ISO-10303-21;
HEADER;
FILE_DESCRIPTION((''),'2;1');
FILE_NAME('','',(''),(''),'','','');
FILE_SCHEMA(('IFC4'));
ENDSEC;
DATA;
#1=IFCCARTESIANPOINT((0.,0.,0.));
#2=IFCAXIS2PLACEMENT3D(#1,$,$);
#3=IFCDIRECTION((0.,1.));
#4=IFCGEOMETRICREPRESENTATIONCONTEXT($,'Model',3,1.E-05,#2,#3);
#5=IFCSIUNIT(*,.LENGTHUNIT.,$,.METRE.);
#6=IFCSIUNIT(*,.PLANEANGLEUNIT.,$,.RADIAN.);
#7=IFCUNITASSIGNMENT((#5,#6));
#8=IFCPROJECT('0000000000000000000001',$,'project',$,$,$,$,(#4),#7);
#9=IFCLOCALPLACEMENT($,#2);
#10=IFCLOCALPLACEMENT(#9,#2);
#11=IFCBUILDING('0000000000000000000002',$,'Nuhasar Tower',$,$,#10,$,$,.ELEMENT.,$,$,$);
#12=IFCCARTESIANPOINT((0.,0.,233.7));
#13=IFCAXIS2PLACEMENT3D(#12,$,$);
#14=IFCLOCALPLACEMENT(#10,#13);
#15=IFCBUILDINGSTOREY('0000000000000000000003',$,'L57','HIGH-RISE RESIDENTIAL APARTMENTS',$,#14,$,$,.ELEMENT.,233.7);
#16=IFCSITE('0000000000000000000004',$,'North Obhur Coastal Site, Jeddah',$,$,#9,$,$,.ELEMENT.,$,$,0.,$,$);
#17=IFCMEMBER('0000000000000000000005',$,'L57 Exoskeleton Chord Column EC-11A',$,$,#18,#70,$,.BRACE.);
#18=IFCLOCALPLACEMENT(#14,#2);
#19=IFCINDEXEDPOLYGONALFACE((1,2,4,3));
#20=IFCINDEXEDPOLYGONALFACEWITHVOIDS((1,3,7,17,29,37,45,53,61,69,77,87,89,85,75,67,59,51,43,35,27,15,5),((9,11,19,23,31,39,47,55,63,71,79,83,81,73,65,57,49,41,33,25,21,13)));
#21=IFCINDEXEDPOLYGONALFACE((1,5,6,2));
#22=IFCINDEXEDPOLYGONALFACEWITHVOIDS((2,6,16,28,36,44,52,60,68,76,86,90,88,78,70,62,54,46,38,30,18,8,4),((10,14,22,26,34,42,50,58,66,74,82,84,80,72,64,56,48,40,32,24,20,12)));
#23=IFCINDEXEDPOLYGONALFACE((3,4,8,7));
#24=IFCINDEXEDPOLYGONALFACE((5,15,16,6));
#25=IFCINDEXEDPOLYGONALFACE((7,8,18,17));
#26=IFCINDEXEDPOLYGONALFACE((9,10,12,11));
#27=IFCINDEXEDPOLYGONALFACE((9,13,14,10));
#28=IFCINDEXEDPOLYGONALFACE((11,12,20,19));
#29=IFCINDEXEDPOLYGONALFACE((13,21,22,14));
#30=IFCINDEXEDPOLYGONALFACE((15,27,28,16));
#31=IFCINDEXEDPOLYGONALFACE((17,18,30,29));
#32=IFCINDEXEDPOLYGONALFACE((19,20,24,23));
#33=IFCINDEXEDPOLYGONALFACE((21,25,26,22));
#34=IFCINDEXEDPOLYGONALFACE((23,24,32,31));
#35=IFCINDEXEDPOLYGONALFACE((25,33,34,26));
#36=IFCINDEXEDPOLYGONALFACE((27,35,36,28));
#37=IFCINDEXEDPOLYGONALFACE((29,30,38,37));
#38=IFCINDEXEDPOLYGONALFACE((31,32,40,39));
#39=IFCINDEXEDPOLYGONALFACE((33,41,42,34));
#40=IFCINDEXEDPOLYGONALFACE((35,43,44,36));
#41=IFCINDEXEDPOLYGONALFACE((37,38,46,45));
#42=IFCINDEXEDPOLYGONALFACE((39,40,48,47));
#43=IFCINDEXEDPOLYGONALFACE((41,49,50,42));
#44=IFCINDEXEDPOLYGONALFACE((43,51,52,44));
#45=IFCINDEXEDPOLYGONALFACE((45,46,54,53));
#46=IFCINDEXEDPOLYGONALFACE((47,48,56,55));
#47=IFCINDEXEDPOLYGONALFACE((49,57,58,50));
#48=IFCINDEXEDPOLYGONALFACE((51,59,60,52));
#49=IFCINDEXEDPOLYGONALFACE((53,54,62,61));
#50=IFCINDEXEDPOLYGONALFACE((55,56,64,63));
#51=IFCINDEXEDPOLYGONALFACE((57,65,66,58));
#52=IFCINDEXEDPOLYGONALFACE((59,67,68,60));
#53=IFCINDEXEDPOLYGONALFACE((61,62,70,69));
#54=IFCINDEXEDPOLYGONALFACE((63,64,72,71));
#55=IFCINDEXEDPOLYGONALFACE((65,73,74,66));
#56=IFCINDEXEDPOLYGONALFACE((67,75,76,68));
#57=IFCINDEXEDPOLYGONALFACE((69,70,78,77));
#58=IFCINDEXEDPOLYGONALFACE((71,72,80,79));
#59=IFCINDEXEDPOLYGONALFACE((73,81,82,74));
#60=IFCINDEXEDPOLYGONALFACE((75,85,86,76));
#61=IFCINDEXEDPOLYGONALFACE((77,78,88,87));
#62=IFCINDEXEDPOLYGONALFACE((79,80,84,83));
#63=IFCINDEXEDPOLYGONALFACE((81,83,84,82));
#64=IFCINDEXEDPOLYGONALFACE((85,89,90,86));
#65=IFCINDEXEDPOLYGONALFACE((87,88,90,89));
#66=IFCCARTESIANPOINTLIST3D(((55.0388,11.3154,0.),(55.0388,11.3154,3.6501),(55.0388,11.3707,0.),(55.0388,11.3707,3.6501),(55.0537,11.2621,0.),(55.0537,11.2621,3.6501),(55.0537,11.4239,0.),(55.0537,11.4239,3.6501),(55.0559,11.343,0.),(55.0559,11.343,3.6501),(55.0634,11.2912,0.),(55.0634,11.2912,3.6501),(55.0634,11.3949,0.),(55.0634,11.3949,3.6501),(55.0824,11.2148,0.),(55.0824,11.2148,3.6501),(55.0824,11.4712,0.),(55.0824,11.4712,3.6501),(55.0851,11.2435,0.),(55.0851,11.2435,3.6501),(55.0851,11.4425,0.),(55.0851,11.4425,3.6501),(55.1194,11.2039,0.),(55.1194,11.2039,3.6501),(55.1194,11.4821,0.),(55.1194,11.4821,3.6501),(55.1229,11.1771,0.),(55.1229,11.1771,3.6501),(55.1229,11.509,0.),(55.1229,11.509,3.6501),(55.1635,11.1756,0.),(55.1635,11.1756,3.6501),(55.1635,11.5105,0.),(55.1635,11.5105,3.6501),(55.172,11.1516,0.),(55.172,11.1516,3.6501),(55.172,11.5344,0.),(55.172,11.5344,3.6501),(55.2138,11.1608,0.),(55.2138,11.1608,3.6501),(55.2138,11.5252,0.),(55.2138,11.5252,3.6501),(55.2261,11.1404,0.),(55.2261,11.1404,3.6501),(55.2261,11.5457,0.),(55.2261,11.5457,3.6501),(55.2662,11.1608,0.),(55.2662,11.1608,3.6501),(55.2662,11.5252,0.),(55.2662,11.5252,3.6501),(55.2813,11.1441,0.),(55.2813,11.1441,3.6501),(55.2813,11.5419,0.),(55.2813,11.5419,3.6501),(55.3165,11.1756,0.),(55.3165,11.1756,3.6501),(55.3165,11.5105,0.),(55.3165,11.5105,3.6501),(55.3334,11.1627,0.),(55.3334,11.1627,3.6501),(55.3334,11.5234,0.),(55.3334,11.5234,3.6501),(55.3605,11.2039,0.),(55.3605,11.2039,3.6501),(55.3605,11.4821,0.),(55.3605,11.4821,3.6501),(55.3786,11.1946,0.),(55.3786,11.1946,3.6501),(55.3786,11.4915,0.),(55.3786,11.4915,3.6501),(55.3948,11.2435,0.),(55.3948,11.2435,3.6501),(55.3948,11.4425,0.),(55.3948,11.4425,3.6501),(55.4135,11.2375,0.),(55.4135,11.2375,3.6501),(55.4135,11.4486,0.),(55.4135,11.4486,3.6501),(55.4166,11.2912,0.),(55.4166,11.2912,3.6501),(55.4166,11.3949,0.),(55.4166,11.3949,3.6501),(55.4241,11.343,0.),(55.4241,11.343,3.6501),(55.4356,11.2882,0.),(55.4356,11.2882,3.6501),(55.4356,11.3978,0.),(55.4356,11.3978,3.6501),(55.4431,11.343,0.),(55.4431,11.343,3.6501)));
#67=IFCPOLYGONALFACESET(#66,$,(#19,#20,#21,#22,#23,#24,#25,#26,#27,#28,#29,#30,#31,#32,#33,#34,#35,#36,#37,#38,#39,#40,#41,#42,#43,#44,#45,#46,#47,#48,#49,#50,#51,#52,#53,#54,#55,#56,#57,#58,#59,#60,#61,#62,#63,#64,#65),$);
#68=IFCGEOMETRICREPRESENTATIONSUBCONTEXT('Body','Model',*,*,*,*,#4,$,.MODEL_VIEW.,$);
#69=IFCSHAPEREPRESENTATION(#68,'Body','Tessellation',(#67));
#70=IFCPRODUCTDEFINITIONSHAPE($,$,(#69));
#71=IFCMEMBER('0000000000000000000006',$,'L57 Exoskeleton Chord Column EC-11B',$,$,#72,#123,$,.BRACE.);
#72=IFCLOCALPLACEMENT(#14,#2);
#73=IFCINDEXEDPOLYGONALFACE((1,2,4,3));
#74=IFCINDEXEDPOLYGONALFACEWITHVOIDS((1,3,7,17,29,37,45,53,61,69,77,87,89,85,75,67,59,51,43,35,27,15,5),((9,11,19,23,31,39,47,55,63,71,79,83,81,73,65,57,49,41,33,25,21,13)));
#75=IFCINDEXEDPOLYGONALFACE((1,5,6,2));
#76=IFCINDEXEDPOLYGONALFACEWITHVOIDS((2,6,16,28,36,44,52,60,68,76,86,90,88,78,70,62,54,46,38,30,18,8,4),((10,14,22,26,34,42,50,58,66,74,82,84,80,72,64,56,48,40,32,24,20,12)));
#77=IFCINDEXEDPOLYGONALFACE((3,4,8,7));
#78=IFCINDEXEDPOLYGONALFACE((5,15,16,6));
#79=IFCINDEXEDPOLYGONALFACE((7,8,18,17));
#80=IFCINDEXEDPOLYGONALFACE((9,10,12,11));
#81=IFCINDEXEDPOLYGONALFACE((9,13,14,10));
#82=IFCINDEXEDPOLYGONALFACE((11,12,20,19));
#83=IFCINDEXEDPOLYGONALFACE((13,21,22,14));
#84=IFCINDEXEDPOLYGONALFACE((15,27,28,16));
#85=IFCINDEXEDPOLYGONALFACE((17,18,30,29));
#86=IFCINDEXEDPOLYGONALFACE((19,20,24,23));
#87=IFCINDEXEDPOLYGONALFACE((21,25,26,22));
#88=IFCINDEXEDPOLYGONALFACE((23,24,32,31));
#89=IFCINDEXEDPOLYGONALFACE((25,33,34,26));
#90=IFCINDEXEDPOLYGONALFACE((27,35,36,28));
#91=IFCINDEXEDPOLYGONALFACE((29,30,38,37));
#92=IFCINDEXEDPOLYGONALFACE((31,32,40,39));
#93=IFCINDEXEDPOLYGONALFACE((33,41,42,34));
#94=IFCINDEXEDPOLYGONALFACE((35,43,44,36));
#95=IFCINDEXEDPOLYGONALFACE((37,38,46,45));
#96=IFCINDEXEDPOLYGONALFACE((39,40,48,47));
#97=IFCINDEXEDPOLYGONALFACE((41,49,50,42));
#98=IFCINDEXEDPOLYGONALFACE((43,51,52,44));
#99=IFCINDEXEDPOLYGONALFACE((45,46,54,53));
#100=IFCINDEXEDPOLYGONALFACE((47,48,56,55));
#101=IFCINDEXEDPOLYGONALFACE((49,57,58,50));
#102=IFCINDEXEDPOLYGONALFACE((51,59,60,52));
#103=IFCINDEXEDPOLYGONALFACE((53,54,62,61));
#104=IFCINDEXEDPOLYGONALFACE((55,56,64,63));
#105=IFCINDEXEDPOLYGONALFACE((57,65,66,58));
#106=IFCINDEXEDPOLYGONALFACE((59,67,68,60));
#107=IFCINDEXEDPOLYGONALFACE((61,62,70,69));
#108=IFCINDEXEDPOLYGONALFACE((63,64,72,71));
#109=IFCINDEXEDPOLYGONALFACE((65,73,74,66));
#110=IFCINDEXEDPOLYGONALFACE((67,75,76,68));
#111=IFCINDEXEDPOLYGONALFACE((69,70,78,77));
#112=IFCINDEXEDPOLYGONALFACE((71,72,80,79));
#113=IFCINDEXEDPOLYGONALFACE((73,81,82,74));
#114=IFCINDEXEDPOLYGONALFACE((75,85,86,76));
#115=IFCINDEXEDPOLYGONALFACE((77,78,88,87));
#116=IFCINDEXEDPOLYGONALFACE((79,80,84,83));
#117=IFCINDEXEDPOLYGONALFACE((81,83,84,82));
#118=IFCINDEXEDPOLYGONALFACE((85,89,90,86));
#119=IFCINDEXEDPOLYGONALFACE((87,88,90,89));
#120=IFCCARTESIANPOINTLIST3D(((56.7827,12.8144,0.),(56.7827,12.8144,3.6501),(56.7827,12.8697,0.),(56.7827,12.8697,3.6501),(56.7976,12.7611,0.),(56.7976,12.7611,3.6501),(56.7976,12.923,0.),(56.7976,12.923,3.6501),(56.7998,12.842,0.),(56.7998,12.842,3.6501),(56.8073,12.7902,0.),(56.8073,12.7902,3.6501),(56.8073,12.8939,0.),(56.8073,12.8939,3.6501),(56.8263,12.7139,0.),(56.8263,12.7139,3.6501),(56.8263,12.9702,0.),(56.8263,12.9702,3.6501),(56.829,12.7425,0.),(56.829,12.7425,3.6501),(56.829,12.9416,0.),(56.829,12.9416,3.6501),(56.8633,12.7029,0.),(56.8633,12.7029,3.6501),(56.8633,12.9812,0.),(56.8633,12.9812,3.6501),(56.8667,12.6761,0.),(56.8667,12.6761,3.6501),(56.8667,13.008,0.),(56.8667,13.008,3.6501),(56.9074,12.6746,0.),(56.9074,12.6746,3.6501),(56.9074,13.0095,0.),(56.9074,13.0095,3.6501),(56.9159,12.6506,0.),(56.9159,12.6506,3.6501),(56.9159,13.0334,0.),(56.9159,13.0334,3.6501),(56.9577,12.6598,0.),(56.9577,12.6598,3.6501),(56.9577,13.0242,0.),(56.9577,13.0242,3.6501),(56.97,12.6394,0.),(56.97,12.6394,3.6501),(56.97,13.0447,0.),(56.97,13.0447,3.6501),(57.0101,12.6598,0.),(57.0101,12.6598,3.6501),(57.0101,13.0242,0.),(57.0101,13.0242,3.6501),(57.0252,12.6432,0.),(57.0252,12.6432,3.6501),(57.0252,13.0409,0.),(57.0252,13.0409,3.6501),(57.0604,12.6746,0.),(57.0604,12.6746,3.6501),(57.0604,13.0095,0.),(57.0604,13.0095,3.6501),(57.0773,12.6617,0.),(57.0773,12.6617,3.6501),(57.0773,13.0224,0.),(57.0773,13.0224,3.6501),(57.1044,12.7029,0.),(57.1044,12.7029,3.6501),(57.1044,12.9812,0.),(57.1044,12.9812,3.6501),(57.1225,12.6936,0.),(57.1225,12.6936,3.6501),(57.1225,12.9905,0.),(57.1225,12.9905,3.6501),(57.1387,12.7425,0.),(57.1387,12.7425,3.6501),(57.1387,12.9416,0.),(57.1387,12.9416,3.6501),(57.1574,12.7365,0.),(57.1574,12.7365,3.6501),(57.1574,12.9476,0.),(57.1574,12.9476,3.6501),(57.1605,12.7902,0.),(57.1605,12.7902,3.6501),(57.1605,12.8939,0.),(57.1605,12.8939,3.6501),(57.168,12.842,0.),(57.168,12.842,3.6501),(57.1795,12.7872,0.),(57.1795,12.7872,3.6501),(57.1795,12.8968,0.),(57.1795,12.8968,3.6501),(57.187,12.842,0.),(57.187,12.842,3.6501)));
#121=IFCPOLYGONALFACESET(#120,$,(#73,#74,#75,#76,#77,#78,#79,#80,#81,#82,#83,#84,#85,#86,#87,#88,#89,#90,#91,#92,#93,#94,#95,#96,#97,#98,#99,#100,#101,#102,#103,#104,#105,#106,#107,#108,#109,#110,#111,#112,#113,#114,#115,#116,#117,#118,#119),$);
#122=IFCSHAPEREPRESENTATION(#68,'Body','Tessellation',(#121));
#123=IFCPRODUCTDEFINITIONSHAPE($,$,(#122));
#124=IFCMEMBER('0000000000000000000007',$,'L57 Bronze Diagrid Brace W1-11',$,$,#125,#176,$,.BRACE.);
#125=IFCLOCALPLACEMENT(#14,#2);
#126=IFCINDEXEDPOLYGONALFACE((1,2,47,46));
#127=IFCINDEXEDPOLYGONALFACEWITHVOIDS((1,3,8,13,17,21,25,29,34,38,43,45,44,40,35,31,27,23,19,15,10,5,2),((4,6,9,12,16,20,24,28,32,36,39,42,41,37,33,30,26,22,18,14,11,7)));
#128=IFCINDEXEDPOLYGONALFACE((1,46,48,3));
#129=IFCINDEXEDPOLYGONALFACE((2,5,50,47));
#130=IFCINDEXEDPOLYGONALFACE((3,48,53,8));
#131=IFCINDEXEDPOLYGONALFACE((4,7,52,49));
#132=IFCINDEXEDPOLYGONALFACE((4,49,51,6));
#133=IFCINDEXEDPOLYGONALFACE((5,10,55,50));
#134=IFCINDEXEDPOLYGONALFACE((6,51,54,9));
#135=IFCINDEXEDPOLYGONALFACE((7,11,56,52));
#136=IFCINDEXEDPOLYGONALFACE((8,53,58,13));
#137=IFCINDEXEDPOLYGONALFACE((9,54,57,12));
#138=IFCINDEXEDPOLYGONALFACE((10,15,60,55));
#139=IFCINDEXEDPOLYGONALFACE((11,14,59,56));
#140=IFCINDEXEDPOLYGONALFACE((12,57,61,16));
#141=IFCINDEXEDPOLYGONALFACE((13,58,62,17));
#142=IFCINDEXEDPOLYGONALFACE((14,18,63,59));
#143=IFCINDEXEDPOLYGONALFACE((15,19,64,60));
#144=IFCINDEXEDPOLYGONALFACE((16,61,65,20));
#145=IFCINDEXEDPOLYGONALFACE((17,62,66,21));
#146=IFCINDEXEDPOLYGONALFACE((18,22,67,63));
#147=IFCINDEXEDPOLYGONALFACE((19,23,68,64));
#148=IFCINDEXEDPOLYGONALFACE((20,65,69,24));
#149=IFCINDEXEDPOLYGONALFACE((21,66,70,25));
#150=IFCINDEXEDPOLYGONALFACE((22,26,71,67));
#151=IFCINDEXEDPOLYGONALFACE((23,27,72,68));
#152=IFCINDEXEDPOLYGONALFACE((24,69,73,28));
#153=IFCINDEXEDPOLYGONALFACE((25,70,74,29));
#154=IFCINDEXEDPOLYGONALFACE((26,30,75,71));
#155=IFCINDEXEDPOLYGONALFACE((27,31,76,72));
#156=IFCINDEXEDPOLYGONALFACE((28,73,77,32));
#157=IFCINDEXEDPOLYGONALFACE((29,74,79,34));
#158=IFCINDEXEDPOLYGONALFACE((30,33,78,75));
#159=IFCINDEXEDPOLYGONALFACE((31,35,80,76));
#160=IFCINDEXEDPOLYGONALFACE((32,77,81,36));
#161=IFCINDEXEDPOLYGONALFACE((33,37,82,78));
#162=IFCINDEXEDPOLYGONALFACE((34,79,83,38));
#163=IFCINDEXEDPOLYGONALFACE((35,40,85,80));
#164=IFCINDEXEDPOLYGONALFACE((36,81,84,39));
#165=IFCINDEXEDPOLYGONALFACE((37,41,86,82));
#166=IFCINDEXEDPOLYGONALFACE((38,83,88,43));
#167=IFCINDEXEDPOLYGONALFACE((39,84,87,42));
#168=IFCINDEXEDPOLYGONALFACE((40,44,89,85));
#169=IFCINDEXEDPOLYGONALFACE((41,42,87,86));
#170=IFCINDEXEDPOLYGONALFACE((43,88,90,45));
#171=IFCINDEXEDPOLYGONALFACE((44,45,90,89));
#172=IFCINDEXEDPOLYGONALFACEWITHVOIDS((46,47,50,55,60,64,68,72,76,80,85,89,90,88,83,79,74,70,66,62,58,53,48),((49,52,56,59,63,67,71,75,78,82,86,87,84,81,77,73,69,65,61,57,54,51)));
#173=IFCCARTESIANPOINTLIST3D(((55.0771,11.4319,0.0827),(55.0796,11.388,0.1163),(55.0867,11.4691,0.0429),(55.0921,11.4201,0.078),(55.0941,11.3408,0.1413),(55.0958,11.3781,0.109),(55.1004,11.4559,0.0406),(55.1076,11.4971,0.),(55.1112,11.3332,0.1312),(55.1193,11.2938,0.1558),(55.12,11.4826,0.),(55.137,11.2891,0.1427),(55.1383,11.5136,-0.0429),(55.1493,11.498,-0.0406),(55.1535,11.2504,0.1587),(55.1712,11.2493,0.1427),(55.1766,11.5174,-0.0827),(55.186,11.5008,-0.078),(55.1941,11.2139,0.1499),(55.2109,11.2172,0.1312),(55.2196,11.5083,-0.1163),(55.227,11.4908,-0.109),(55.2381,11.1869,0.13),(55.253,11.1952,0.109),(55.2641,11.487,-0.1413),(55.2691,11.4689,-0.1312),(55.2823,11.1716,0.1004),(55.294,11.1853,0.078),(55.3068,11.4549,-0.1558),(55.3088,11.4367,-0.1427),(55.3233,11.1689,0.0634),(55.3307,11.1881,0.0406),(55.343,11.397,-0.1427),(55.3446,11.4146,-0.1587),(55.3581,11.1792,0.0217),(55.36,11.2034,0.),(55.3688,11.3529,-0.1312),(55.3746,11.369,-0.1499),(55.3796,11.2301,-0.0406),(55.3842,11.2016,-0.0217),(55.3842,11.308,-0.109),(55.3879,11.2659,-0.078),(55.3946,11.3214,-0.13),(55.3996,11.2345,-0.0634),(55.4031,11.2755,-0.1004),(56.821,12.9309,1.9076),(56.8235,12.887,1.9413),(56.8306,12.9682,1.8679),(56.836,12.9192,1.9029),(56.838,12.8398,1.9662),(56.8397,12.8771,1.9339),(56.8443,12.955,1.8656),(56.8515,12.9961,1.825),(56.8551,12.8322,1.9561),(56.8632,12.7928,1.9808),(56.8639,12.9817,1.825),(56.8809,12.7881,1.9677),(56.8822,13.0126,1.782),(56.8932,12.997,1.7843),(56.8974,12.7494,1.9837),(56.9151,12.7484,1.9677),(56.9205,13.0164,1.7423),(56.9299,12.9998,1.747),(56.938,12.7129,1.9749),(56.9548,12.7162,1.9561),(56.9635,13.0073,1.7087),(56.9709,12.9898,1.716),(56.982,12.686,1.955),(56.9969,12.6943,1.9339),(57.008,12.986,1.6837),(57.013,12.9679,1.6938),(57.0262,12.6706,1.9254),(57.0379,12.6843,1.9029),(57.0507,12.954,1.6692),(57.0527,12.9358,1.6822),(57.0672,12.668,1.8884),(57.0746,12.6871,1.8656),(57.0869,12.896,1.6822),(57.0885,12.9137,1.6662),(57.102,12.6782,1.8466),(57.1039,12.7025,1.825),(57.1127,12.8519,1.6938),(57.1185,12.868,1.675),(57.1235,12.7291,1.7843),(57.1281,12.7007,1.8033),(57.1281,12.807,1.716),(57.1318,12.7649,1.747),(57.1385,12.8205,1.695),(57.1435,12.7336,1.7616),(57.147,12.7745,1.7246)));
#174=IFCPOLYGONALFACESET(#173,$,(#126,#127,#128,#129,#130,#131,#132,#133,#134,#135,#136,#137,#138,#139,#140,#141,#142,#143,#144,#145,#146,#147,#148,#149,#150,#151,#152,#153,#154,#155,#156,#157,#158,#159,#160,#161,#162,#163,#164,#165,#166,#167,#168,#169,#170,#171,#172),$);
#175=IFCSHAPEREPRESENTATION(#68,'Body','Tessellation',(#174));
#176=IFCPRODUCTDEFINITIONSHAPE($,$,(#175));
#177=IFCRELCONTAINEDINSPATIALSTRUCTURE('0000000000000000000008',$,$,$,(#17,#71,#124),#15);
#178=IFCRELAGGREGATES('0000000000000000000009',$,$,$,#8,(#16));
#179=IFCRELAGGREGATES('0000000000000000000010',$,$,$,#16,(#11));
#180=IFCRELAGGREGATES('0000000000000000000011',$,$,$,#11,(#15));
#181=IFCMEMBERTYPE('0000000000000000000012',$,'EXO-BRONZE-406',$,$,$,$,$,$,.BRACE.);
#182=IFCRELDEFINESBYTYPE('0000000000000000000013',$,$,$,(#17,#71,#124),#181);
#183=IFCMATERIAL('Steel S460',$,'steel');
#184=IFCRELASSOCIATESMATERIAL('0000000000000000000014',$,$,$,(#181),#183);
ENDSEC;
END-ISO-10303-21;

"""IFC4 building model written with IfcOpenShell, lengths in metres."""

from ifc_helpers import new_model, si_unit, direction, frame, origin, origin_2d, place, context, subcontext, project, spatial, hollow_circle, extrude, material, material_profile, profile_set, type_object, element, save


model = new_model("IFC4")

# Units and contexts
model_context = context("Model", 3, precision=1e-05, world=origin(), true_north=direction((0.0, 1.0)))
body_context = subcontext(model_context, "Body", "Model", "MODEL_VIEW")
ifc_project = project(units=[si_unit("LENGTHUNIT", "METRE"), si_unit("PLANEANGLEUNIT", "RADIAN")], contexts=[model_context])

# Site, building, storey
site_placement = place(None, origin())
site = spatial("IfcSite", under=ifc_project, at=site_placement, Name="North Obhur Coastal Site, Jeddah", CompositionType="ELEMENT", RefElevation=0.0)
building_placement = place(site_placement, origin())
building = spatial("IfcBuilding", under=site, at=building_placement, Name="Nuhasar Tower", CompositionType="ELEMENT")
storey_placement = place(building_placement, frame((0.0, 0.0, 233.7)))
storey = spatial("IfcBuildingStorey", under=building, at=storey_placement, Name="L57", Description="HIGH-RISE RESIDENTIAL APARTMENTS", CompositionType="ELEMENT", Elevation=233.7)

# Members
ifc_material_1 = material(Name="Steel S460", Category="steel")
ifc_material_profile_1 = material_profile(ifc_material_1, hollow_circle(Radius=0.2031, WallThickness=0.019, at=origin_2d()), Name="HSS406.4X19.1")
ifc_profile_set_1 = profile_set([ifc_material_profile_1], Name="Steel S460")
member_type_1 = type_object("IfcMemberType", Name="EXO-BRONZE-406", PredefinedType="BRACE", material=ifc_profile_set_1)
for number, where, z_axis, x_axis, name in (
    (1, (55.24, 11.343, 0.0), (0.0, 0.0, 1.0), (1.0, 0.0, 0.0), "L57 Exoskeleton Chord Column EC-11A"),
    (2, (56.9839, 12.842, 0.0), (0.0, 0.0, 1.0), (1.0, 0.0, 0.0), "L57 Exoskeleton Chord Column EC-11B"),
):
    element("IfcMember", number, at=place(storey_placement, frame(where, z_axis=z_axis, x_axis=x_axis)), inside=storey, type_object=member_type_1, Name=name, PredefinedType="BRACE", context=body_context, shape_type="SweptSolid", body=[
        extrude(hollow_circle(Radius=0.2031, WallThickness=0.019, at=origin_2d()), origin(), (0.0, 0.0, 1.0), 3.6501),
    ])
for number, where, z_axis, x_axis, name in (
    (3, (55.24, 11.343, 0.0), (0.594019, 0.510608, 0.621628), (-0.651857, 0.758342, 0.0), "L57 Bronze Diagrid Brace W1-11"),
):
    element("IfcMember", number, at=place(storey_placement, frame(where, z_axis=z_axis, x_axis=x_axis)), inside=storey, type_object=member_type_1, Name=name, PredefinedType="BRACE", context=body_context, shape_type="SweptSolid", body=[
        extrude(hollow_circle(Radius=0.2031, WallThickness=0.019, at=origin_2d()), origin(), (0.0, 0.0, 1.0), 2.9358),
    ])

save(model, "model.ifc")
